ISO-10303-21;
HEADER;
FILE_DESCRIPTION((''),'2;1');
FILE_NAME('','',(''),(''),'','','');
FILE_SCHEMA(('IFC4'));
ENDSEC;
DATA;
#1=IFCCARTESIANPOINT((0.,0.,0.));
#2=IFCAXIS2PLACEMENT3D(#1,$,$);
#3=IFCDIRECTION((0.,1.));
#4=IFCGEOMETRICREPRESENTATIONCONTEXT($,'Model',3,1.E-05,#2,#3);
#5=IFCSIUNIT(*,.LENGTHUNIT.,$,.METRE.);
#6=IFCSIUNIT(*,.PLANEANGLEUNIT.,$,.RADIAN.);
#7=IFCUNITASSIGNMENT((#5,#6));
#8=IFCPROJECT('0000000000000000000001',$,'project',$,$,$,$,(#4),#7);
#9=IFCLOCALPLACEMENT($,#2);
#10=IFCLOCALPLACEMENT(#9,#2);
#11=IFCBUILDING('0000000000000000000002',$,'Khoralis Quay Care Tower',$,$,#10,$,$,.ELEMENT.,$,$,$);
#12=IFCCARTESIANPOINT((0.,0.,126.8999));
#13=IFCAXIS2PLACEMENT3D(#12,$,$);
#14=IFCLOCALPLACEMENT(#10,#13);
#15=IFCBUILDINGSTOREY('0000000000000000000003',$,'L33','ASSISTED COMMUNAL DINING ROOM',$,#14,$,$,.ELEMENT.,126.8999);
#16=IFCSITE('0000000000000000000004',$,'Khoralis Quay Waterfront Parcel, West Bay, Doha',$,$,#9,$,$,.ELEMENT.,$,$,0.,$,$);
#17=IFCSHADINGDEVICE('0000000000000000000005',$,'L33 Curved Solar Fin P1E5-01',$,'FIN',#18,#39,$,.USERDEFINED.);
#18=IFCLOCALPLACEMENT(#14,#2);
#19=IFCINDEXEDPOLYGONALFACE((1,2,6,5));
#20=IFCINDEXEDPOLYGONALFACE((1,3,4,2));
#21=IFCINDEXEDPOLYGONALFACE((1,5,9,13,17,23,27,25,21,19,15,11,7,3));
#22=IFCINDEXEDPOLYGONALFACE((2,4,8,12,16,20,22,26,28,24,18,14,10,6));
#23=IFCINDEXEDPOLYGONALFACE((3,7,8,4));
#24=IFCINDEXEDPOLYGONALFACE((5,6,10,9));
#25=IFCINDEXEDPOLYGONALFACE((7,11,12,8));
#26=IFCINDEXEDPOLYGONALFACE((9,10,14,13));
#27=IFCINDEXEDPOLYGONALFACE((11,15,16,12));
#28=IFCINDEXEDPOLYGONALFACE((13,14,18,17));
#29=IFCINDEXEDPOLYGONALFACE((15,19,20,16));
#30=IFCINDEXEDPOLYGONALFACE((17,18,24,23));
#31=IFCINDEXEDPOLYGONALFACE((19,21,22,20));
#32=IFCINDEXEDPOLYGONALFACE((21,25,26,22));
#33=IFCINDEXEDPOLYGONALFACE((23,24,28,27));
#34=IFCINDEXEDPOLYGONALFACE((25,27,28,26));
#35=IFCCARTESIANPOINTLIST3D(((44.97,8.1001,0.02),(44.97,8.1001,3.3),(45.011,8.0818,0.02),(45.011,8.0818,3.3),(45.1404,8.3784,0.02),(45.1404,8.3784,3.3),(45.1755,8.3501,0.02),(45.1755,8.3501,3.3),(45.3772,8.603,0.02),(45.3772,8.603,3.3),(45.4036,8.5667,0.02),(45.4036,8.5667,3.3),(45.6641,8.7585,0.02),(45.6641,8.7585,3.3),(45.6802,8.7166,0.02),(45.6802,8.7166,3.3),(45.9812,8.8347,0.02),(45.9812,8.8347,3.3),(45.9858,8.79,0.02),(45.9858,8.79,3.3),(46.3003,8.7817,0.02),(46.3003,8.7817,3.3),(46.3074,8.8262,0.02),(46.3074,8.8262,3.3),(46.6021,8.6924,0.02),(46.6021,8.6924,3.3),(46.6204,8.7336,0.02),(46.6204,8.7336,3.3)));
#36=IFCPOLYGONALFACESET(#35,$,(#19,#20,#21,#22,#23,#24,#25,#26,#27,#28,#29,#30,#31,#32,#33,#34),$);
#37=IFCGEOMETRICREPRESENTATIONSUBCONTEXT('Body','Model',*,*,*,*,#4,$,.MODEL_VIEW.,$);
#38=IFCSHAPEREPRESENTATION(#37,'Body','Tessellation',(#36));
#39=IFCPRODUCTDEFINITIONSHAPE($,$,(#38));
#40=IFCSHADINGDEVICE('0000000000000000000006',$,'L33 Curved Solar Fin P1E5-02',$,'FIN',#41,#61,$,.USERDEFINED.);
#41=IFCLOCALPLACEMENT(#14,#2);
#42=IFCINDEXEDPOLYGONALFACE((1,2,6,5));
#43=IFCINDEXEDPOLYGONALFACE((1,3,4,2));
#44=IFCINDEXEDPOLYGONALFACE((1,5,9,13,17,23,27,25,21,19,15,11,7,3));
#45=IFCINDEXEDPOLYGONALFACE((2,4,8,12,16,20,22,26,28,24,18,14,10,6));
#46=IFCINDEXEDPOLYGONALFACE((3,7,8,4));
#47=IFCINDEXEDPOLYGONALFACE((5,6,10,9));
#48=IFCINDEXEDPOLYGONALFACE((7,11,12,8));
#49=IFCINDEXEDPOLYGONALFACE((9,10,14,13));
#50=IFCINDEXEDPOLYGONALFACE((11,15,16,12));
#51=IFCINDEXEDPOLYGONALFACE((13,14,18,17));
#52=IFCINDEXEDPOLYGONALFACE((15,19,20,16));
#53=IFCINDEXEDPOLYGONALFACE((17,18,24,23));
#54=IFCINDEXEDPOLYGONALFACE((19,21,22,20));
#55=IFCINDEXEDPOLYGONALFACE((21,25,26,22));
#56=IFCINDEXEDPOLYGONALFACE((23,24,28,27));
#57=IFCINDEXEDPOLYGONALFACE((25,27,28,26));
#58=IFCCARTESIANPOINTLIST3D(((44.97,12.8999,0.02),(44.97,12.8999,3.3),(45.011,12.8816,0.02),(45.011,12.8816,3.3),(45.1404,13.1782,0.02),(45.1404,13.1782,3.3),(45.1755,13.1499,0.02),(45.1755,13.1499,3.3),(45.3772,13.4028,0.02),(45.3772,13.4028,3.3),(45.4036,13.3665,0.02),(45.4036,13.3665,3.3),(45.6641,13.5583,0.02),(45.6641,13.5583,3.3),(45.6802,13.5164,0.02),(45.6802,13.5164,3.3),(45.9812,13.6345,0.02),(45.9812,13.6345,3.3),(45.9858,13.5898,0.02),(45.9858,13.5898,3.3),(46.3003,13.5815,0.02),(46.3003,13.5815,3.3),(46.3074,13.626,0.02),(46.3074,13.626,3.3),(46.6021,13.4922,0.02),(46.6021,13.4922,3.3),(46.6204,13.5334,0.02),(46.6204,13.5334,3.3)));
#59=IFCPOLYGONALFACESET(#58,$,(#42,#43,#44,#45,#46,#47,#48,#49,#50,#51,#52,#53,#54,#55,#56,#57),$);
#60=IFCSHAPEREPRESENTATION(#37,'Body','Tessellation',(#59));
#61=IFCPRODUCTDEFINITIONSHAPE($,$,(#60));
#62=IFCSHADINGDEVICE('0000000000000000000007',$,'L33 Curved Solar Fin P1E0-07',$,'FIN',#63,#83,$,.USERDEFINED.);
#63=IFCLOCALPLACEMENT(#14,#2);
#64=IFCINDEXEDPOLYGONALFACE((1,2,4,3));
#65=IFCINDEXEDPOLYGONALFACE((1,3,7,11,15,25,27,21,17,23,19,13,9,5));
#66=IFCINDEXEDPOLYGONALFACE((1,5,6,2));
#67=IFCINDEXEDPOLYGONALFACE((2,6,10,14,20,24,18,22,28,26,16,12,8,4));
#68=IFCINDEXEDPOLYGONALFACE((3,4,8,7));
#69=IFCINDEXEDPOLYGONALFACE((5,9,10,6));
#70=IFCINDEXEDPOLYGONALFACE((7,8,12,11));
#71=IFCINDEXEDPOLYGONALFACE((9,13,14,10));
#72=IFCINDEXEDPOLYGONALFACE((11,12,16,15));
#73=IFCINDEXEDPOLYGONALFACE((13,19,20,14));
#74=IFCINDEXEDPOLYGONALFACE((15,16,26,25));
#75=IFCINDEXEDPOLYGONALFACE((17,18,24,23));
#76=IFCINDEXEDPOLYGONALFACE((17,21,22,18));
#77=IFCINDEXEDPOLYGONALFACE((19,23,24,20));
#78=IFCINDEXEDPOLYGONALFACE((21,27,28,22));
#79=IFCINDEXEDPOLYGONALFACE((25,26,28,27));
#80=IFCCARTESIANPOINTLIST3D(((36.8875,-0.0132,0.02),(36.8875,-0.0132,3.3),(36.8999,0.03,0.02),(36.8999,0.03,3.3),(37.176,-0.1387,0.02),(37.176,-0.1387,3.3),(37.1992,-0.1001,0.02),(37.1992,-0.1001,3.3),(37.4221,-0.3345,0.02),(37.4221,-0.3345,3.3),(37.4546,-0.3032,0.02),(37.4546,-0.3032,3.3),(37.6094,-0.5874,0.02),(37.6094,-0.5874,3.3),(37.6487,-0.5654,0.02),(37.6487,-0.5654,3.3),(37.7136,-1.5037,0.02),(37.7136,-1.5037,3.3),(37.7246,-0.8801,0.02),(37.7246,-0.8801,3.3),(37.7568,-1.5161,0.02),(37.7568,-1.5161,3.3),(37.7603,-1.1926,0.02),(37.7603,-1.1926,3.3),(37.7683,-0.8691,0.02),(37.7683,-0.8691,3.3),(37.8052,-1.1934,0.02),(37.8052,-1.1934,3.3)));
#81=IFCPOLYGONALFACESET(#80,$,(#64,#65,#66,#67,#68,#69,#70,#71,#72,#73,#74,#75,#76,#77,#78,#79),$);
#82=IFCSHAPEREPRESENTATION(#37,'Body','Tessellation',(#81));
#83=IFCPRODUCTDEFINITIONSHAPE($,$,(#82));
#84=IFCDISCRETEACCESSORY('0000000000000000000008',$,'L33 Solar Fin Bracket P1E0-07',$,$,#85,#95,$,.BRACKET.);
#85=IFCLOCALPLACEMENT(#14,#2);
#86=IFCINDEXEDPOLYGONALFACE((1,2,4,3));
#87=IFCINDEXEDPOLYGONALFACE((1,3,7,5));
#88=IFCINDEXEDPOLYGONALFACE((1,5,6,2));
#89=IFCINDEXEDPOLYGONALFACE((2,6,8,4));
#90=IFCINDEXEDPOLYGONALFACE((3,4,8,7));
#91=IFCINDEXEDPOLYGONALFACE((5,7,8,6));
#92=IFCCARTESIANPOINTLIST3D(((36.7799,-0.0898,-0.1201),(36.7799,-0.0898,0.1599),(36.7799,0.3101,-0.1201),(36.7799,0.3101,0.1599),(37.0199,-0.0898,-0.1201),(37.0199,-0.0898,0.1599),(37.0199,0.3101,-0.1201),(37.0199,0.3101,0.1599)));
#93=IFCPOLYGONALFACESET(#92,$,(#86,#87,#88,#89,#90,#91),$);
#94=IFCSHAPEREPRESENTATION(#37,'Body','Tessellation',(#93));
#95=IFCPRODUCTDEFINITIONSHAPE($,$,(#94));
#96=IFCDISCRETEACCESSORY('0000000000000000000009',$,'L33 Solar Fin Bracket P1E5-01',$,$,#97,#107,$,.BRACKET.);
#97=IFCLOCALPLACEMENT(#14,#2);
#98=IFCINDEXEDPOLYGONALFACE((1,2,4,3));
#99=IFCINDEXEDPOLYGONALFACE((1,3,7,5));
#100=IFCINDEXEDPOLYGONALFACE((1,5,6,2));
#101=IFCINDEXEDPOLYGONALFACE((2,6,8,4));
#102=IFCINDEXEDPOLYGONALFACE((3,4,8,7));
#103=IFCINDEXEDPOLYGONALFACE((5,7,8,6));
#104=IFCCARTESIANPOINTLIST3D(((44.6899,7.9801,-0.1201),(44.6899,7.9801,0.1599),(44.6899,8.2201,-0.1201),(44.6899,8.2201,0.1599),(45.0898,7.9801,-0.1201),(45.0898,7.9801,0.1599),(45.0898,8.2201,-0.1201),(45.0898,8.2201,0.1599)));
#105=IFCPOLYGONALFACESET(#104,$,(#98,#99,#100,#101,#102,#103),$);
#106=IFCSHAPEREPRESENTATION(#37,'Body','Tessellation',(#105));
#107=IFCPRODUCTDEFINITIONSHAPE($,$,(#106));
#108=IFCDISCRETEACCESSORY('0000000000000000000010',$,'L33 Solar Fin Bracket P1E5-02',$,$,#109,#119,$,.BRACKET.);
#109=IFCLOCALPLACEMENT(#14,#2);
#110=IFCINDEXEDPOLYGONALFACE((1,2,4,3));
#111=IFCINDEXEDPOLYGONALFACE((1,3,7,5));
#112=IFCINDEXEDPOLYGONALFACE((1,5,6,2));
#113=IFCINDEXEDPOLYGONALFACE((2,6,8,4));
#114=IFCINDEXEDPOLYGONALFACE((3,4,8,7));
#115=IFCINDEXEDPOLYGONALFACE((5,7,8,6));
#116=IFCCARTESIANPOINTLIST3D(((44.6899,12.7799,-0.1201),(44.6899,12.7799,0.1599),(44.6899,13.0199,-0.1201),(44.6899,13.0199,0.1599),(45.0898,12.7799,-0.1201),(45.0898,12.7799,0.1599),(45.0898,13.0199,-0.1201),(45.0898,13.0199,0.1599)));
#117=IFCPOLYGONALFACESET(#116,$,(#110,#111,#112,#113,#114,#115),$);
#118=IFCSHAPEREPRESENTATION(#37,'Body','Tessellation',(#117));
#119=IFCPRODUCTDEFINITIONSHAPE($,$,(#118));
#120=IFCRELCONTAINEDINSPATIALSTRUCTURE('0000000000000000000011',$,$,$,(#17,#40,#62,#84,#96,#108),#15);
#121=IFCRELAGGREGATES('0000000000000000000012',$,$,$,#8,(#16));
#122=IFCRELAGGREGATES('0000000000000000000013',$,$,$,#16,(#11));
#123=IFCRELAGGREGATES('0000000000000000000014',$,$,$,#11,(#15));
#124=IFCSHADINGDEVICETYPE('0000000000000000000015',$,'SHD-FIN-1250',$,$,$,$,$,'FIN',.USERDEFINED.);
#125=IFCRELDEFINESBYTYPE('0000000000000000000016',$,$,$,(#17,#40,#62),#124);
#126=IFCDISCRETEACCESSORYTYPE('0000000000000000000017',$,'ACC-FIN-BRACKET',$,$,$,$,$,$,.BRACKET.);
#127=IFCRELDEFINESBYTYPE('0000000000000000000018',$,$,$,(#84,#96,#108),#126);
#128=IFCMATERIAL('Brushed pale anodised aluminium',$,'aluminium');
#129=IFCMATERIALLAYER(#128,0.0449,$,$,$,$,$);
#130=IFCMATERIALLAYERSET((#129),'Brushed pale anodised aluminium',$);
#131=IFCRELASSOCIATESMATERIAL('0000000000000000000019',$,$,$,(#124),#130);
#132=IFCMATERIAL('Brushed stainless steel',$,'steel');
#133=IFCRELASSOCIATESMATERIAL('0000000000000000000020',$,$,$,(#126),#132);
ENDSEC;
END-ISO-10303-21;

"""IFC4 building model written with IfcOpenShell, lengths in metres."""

from ifc_helpers import new_model, si_unit, direction, frame, origin, origin_2d, place, context, subcontext, project, spatial, polyline, rectangle, outline, extrude, source, transform, mapped, material, layer, layer_set, type_object, element, save


model = new_model("IFC4")

# Units and contexts
model_context = context("Model", 3, precision=1e-05, world=origin(), true_north=direction((0.0, 1.0)))
body_context = subcontext(model_context, "Body", "Model", "MODEL_VIEW")
ifc_project = project(units=[si_unit("LENGTHUNIT", "METRE"), si_unit("PLANEANGLEUNIT", "RADIAN")], contexts=[model_context])

# Site, building, storey
site_placement = place(None, origin())
site = spatial("IfcSite", under=ifc_project, at=site_placement, Name="Khoralis Quay Waterfront Parcel, West Bay, Doha", CompositionType="ELEMENT", RefElevation=0.0)
building_placement = place(site_placement, origin())
building = spatial("IfcBuilding", under=site, at=building_placement, Name="Khoralis Quay Care Tower", CompositionType="ELEMENT")
storey_placement = place(building_placement, frame((0.0, 0.0, 126.8999)))
storey = spatial("IfcBuildingStorey", under=building, at=storey_placement, Name="L33", Description="ASSISTED COMMUNAL DINING ROOM", CompositionType="ELEMENT", Elevation=126.8999)

# Shading devices
ifc_material_1 = material(Name="Brushed pale anodised aluminium", Category="aluminium")
ifc_layer_1 = layer(ifc_material_1, 0.0449)
ifc_layer_set_1 = layer_set([ifc_layer_1], Name="Brushed pale anodised aluminium")
shading_device_type = type_object("IfcShadingDeviceType", Name="SHD-FIN-1250", ElementType="FIN", PredefinedType="USERDEFINED", material=ifc_layer_set_1)
shared_shape_1 = source(origin(), body_context, "Body", "SweptSolid", [
    extrude(outline(polyline([(0.0, 0.0), (0.1704, 0.2783), (0.4072, 0.5029), (0.6941, 0.6584), (1.0112, 0.7346), (1.3374, 0.7261), (1.6504, 0.6335), (1.6321, 0.5923), (1.3303, 0.6816), (1.0159, 0.6899), (0.7102, 0.6165), (0.4336, 0.4666), (0.2056, 0.25), (0.041, -0.0183), (0.0, 0.0)])), origin(), (0.0, 0.0, 1.0), 3.28),
])
for number, where, z_axis, x_axis, name in (
    (1, (44.97, 8.1001, 0.02), (0.0, 0.0, 1.0), (1.0, 0.0, 0.0), "L33 Curved Solar Fin P1E5-01"),
    (2, (44.97, 12.8999, 0.02), (0.0, 0.0, 1.0), (1.0, 0.0, 0.0), "L33 Curved Solar Fin P1E5-02"),
):
    element("IfcShadingDevice", number, at=place(storey_placement, frame(where, z_axis=z_axis, x_axis=x_axis)), inside=storey, type_object=shading_device_type, Name=name, ObjectType="FIN", PredefinedType="USERDEFINED", context=body_context, shape_type="MappedRepresentation", body=[
        mapped(shared_shape_1, transform((0.0, 0.0, 0.0), scale=1.0)),
    ])
shared_shape_2 = source(origin(), body_context, "Body", "SweptSolid", [
    extrude(outline(polyline([(0.0, 0.0), (0.1301, 0.2993), (0.3333, 0.5547), (0.5955, 0.7488), (0.8992, 0.8684), (1.2234, 0.9053), (1.5461, 0.8569), (1.5337, 0.8137), (1.2227, 0.8604), (0.9102, 0.8247), (0.6174, 0.7095), (0.3645, 0.5222), (0.1687, 0.2761), (0.0432, -0.0125), (0.0, 0.0)])), origin(), (0.0, 0.0, 1.0), 3.28),
])
shading_device_placement = place(storey_placement, frame((36.8999, 0.03, 0.02), z_axis=(0.0, 0.0, 1.0), x_axis=(0.0, -1.0, 0.0)))
element("IfcShadingDevice", 3, at=shading_device_placement, inside=storey, type_object=shading_device_type, Name="L33 Curved Solar Fin P1E0-07", ObjectType="FIN", PredefinedType="USERDEFINED", context=body_context, shape_type="MappedRepresentation", body=[
    mapped(shared_shape_2, transform((0.0, 0.0, 0.0), scale=1.0)),
])

# Discrete accessories
ifc_material_2 = material(Name="Brushed stainless steel", Category="steel")
discrete_accessory_type = type_object("IfcDiscreteAccessoryType", Name="ACC-FIN-BRACKET", PredefinedType="BRACKET", material=ifc_material_2)
shared_shape_3 = source(origin(), body_context, "Body", "SweptSolid", [
    extrude(rectangle(XDim=0.3999, YDim=0.24, at=origin_2d()), origin(), (0.0, 0.0, 1.0), 0.28),
])
for number, where, z_axis, x_axis, name in (
    (4, (36.8999, 0.1101, -0.1201), (0.0, 0.0, 1.0), (0.0, -1.0, 0.0), "L33 Solar Fin Bracket P1E0-07"),
    (5, (44.8899, 8.1001, -0.1201), (0.0, 0.0, 1.0), (1.0, 0.0, 0.0), "L33 Solar Fin Bracket P1E5-01"),
    (6, (44.8899, 12.8999, -0.1201), (0.0, 0.0, 1.0), (1.0, 0.0, 0.0), "L33 Solar Fin Bracket P1E5-02"),
):
    element("IfcDiscreteAccessory", number, at=place(storey_placement, frame(where, z_axis=z_axis, x_axis=x_axis)), inside=storey, type_object=discrete_accessory_type, Name=name, PredefinedType="BRACKET", context=body_context, shape_type="MappedRepresentation", body=[
        mapped(shared_shape_3, transform((0.0, 0.0, 0.0), scale=1.0)),
    ])

save(model, "model.ifc")
